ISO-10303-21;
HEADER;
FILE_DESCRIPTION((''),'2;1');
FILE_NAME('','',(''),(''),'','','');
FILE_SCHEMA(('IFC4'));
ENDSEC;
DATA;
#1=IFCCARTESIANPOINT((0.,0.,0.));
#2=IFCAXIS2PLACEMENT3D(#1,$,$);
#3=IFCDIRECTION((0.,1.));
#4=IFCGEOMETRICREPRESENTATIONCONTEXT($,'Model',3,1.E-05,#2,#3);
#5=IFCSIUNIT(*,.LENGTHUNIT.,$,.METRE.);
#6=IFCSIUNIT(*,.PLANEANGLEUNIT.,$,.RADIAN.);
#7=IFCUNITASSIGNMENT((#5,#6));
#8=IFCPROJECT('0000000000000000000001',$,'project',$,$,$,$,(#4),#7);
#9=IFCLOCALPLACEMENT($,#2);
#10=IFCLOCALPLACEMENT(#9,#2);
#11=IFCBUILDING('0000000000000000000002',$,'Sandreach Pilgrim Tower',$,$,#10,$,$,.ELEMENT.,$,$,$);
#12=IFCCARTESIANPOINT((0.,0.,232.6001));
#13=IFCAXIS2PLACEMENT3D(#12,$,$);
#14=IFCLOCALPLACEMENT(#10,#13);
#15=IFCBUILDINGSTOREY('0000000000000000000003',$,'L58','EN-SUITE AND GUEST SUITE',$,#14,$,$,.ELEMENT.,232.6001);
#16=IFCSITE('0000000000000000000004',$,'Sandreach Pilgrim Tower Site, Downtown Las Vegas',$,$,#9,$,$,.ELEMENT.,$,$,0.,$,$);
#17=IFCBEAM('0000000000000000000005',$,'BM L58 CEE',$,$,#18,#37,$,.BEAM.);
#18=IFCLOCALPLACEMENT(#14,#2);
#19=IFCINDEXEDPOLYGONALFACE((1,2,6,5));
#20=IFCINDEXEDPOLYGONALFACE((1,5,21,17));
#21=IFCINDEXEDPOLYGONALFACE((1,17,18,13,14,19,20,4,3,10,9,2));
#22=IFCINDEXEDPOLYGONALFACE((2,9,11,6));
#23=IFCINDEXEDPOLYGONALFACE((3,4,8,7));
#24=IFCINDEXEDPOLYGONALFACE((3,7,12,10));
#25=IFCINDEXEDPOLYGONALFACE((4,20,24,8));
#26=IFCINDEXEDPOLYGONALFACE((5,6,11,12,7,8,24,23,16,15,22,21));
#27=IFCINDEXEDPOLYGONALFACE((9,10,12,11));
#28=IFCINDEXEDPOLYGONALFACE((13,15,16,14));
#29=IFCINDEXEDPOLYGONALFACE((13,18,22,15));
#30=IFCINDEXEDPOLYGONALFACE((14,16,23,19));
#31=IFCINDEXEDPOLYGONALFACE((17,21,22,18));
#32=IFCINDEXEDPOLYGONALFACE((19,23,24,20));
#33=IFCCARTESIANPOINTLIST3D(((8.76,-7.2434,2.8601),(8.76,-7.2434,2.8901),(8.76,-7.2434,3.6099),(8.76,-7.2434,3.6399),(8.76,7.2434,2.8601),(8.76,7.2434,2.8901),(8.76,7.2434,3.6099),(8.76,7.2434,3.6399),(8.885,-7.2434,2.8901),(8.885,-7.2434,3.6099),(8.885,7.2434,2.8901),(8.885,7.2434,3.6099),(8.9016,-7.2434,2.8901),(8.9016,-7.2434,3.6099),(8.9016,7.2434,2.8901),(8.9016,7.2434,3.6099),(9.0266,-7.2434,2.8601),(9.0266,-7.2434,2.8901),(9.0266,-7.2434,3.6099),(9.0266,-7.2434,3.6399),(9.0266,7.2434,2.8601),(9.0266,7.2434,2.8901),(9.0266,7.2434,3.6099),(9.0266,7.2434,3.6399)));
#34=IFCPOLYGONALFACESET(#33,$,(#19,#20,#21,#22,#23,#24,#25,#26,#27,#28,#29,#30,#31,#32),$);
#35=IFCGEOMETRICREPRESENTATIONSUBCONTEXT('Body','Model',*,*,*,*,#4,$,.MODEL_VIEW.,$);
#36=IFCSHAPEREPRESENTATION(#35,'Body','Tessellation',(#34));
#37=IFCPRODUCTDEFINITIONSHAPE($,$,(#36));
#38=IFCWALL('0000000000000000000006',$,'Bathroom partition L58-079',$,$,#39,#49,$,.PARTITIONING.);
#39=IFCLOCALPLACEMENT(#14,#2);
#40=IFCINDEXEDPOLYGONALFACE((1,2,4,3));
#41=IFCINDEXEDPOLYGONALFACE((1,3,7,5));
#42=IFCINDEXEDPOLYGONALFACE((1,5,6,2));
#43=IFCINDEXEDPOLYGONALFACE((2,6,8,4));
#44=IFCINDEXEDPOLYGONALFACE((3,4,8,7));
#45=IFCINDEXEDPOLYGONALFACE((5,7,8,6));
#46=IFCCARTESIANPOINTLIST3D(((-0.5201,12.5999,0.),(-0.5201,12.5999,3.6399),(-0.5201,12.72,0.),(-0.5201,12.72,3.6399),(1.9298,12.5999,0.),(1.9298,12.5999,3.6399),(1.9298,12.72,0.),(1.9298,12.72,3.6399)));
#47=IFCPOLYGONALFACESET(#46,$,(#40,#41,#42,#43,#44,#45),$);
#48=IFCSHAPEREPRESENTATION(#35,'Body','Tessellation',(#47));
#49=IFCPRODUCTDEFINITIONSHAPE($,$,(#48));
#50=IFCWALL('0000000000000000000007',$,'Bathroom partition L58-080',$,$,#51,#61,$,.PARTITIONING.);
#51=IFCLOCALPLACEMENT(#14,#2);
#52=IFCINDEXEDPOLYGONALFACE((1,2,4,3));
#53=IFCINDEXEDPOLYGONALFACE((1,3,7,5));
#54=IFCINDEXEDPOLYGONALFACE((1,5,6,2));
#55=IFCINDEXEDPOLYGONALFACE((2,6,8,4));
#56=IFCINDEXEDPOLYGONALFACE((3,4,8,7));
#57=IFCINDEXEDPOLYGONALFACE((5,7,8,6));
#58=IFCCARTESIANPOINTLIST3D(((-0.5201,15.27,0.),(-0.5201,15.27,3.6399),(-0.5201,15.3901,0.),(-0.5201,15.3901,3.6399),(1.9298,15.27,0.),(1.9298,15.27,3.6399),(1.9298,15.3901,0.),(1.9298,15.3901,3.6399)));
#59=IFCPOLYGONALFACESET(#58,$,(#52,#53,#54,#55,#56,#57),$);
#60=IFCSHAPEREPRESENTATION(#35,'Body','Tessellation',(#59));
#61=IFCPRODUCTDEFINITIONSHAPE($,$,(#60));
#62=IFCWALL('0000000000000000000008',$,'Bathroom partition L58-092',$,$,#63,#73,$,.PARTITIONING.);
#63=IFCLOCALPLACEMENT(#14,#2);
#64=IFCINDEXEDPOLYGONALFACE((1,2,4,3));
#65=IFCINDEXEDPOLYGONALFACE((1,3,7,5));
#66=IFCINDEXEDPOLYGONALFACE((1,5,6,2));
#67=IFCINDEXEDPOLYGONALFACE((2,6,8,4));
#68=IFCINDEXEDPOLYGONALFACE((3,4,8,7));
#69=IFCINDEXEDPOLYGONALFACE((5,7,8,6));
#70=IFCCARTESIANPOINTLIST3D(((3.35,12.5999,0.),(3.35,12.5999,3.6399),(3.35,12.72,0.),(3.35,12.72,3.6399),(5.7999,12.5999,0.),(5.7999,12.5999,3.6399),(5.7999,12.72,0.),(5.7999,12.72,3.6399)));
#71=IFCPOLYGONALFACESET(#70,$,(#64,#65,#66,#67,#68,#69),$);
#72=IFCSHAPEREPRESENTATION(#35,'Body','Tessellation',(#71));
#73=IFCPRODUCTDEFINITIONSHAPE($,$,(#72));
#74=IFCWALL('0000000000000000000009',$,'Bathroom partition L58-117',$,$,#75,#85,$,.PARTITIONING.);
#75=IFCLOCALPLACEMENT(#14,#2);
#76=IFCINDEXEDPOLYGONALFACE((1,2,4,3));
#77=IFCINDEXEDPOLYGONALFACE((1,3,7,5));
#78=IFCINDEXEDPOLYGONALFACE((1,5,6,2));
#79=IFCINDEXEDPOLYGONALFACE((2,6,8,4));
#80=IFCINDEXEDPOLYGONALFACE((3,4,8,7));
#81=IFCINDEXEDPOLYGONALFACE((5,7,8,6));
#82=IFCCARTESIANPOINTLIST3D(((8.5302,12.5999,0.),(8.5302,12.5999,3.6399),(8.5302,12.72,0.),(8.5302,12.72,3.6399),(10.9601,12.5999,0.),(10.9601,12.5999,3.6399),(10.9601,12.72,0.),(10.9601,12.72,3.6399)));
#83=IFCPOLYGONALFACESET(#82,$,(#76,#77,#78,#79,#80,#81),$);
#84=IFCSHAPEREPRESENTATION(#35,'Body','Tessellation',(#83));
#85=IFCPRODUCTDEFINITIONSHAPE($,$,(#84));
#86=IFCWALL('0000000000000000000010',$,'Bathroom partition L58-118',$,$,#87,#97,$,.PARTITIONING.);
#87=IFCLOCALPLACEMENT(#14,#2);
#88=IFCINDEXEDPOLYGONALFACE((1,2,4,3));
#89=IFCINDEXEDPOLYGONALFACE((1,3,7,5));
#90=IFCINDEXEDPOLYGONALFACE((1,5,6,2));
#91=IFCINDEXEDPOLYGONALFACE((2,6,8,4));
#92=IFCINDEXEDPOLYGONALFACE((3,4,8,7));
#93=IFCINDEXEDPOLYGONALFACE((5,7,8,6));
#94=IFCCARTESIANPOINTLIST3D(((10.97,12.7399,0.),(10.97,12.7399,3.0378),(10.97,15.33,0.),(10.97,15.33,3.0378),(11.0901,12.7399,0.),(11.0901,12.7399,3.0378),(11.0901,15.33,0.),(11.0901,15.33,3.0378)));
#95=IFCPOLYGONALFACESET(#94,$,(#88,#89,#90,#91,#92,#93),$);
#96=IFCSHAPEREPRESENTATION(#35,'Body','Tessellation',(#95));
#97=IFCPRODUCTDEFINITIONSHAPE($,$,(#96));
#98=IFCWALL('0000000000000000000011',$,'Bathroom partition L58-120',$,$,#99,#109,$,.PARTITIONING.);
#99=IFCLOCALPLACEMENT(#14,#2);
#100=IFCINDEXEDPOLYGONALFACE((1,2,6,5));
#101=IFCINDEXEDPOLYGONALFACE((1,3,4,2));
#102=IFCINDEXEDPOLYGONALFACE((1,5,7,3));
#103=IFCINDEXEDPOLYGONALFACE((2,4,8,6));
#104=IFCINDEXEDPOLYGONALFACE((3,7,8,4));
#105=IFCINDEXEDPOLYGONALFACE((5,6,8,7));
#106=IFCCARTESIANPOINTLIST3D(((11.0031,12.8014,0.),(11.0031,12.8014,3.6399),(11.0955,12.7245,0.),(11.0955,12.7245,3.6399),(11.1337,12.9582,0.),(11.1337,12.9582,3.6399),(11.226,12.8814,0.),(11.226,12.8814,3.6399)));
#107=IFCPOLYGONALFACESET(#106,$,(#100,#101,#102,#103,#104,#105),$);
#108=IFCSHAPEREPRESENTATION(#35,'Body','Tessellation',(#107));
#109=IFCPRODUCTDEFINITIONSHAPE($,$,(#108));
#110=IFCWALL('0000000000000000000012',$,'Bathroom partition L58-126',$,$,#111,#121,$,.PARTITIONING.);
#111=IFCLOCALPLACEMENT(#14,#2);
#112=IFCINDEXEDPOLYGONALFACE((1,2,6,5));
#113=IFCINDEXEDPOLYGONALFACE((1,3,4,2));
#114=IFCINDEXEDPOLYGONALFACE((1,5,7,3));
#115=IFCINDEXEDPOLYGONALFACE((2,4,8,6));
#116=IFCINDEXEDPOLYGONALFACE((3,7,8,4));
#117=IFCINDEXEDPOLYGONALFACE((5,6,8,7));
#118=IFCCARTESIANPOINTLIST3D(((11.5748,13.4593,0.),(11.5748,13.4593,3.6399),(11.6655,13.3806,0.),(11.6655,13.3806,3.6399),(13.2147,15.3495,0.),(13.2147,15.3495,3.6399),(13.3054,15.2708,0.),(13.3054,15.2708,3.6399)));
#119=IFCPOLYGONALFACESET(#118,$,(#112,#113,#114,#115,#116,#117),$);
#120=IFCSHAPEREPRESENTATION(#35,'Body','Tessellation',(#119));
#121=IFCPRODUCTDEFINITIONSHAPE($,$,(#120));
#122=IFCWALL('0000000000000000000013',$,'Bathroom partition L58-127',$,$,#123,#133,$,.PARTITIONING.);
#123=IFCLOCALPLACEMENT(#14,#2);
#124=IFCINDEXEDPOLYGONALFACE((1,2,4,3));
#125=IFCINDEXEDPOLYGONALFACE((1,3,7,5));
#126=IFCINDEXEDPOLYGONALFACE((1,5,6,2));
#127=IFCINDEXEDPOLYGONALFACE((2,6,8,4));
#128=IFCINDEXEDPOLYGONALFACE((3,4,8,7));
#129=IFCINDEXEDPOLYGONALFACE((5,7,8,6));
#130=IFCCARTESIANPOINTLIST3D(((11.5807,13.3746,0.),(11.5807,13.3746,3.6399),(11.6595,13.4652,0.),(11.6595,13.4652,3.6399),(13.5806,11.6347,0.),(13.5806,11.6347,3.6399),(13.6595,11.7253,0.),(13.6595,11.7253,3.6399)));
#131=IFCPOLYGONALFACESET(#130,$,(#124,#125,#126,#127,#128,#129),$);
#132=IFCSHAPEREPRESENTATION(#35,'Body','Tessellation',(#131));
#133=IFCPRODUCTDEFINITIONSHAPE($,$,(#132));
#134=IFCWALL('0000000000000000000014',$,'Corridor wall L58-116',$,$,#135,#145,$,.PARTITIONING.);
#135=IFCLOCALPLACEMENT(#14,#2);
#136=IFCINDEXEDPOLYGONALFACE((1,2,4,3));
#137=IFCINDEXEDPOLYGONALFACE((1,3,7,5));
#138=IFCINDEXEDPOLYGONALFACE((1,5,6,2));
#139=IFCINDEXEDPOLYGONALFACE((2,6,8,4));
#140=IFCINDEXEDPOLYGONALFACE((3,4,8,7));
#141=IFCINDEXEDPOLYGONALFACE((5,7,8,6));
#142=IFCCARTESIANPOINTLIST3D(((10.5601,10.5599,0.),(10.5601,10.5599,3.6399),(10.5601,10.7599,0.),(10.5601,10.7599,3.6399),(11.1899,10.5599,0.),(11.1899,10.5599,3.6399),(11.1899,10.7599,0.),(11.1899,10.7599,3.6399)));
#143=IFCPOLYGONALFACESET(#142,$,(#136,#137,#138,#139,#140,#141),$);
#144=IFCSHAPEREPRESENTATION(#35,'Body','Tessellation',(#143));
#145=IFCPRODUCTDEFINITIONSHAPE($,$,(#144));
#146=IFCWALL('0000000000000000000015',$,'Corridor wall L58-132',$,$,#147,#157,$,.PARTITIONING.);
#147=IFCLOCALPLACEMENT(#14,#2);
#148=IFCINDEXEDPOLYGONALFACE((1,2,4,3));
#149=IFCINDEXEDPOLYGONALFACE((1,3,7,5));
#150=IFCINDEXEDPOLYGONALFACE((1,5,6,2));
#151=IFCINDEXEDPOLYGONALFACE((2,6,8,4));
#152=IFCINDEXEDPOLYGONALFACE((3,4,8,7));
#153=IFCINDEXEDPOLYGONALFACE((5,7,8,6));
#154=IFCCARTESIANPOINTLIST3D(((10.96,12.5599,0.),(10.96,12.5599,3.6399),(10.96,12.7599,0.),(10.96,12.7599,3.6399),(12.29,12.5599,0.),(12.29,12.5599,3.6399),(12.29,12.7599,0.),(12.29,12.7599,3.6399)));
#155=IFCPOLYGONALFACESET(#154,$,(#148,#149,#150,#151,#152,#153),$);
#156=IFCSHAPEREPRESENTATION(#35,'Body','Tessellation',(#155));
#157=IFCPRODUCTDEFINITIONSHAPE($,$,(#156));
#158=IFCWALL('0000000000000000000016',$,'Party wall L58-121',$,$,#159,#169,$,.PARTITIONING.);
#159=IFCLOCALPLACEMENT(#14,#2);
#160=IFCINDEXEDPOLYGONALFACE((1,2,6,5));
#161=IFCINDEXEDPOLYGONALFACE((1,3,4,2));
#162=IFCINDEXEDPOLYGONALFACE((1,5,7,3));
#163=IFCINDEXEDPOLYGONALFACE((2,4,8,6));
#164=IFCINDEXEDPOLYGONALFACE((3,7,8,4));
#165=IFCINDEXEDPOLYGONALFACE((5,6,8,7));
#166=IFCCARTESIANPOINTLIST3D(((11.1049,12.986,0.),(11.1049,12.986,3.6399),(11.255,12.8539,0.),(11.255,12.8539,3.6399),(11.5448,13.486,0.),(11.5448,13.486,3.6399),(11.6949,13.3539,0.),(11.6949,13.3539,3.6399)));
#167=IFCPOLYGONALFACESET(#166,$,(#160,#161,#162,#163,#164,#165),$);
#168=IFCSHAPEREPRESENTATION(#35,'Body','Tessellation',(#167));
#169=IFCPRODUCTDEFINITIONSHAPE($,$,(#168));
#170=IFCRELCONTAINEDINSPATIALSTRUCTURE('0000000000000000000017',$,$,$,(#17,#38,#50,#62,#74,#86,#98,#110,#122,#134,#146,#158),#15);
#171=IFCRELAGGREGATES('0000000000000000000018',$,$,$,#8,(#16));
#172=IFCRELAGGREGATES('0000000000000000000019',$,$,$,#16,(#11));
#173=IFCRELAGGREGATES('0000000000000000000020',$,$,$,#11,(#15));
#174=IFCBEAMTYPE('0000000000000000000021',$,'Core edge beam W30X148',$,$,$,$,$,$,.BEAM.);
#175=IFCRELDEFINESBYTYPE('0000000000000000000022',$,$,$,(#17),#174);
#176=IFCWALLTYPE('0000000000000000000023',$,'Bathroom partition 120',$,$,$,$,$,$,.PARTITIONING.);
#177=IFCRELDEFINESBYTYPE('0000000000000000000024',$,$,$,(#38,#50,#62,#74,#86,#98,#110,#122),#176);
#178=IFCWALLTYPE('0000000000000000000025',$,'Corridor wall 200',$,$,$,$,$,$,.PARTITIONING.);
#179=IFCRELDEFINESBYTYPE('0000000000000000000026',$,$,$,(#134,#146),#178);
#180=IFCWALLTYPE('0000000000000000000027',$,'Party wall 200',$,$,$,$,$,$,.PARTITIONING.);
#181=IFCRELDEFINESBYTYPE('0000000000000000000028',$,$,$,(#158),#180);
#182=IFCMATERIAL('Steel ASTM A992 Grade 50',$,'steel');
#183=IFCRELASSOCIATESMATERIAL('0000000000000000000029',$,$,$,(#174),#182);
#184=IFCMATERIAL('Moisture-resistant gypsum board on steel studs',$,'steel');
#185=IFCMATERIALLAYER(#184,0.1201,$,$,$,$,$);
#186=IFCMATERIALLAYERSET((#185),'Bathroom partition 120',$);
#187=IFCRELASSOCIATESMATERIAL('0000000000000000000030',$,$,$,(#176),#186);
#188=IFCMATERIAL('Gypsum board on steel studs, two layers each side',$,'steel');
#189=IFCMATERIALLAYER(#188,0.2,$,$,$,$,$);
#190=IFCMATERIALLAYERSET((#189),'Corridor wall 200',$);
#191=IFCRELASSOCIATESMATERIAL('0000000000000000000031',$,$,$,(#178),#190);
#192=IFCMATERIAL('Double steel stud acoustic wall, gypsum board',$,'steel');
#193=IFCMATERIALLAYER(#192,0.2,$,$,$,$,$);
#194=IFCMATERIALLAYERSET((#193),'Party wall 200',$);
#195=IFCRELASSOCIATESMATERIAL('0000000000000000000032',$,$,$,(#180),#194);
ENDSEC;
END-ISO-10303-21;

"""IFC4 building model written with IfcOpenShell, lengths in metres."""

from ifc_helpers import new_model, si_unit, direction, frame, frame_2d, origin, origin_2d, place, context, subcontext, project, spatial, rectangle, i_section, extrude, material, layer, layer_set, material_profile, profile_set, type_object, element, save


model = new_model("IFC4")

# Units and contexts
model_context = context("Model", 3, precision=1e-05, world=origin(), true_north=direction((0.0, 1.0)))
body_context = subcontext(model_context, "Body", "Model", "MODEL_VIEW")
ifc_project = project(units=[si_unit("LENGTHUNIT", "METRE"), si_unit("PLANEANGLEUNIT", "RADIAN")], contexts=[model_context])

# Site, building, storey
site_placement = place(None, origin())
site = spatial("IfcSite", under=ifc_project, at=site_placement, Name="Sandreach Pilgrim Tower Site, Downtown Las Vegas", CompositionType="ELEMENT", RefElevation=0.0)
building_placement = place(site_placement, origin())
building = spatial("IfcBuilding", under=site, at=building_placement, Name="Sandreach Pilgrim Tower", CompositionType="ELEMENT")
storey_placement = place(building_placement, frame((0.0, 0.0, 232.6001)))
storey = spatial("IfcBuildingStorey", under=building, at=storey_placement, Name="L58", Description="EN-SUITE AND GUEST SUITE", CompositionType="ELEMENT", Elevation=232.6001)

# Beam
ifc_material_1 = material(Name="Steel ASTM A992 Grade 50", Category="steel")
ifc_material_profile = material_profile(ifc_material_1, i_section(OverallWidth=0.2666, OverallDepth=0.7798, WebThickness=0.0166, FlangeThickness=0.03, at=origin_2d()), Name="W30X148")
ifc_profile_set = profile_set([ifc_material_profile], Name="Steel ASTM A992 Grade 50")
beam_type = type_object("IfcBeamType", Name="Core edge beam W30X148", PredefinedType="BEAM", material=ifc_profile_set)
beam_placement = place(storey_placement, frame((8.8933, 7.2434, 3.25), z_axis=(0.0, -1.0, 0.0), x_axis=(1.0, 0.0, 0.0)))
element("IfcBeam", 1, at=beam_placement, inside=storey, type_object=beam_type, Name="BM L58 CEE", PredefinedType="BEAM", context=body_context, shape_type="SweptSolid", body=[
    extrude(i_section(OverallWidth=0.2666, OverallDepth=0.7798, WebThickness=0.0166, FlangeThickness=0.03, at=origin_2d()), origin(), (0.0, 0.0, 1.0), 14.4868),
])

# Walls
ifc_material_2 = material(Name="Moisture-resistant gypsum board on steel studs", Category="steel")
ifc_layer_1 = layer(ifc_material_2, 0.1201)
ifc_layer_set_1 = layer_set([ifc_layer_1], Name="Bathroom partition 120")
wall_type_1 = type_object("IfcWallType", Name="Bathroom partition 120", PredefinedType="PARTITIONING", material=ifc_layer_set_1)
for number, where, z_axis, x_axis, name in (
    (2, (1.9299, 12.6599, 0.0), (0.0, 0.0, 1.0), (-1.0, 0.0, 0.0), "Bathroom partition L58-079"),
    (3, (1.9299, 15.3301, 0.0), (0.0, 0.0, 1.0), (-1.0, 0.0, 0.0), "Bathroom partition L58-080"),
    (4, (5.8, 12.6599, 0.0), (0.0, 0.0, 1.0), (-1.0, 0.0, 0.0), "Bathroom partition L58-092"),
):
    element("IfcWall", number, at=place(storey_placement, frame(where, z_axis=z_axis, x_axis=x_axis)), inside=storey, type_object=wall_type_1, Name=name, PredefinedType="PARTITIONING", context=body_context, shape_type="SweptSolid", body=[
        extrude(rectangle(XDim=2.45, YDim=0.1201, at=frame_2d((1.2251, 0.0))), origin(), (0.0, 0.0, 1.0), 3.6399),
    ])
wall_1_placement = place(storey_placement, frame((10.96, 12.6599, 0.0), z_axis=(0.0, 0.0, 1.0), x_axis=(-1.0, 0.0, 0.0)))
element("IfcWall", 5, at=wall_1_placement, inside=storey, type_object=wall_type_1, Name="Bathroom partition L58-117", PredefinedType="PARTITIONING", context=body_context, shape_type="SweptSolid", body=[
    extrude(rectangle(XDim=2.4299, YDim=0.1201, at=frame_2d((1.2148, 0.0))), origin(), (0.0, 0.0, 1.0), 3.6399),
])
wall_2_placement = place(storey_placement, frame((11.03, 12.74, 0.0), z_axis=(0.0, 0.0, 1.0), x_axis=(0.0, 1.0, 0.0)))
element("IfcWall", 6, at=wall_2_placement, inside=storey, type_object=wall_type_1, Name="Bathroom partition L58-118", PredefinedType="PARTITIONING", context=body_context, shape_type="SweptSolid", body=[
    extrude(rectangle(XDim=2.5901, YDim=0.1201, at=frame_2d((1.2949, 0.0))), origin(), (0.0, 0.0, 1.0), 3.0378),
])
wall_3_placement = place(storey_placement, frame((11.0493, 12.7629, 0.0), z_axis=(0.0, 0.0, 1.0), x_axis=(0.639596, 0.768711, 0.0)))
element("IfcWall", 7, at=wall_3_placement, inside=storey, type_object=wall_type_1, Name="Bathroom partition L58-120", PredefinedType="PARTITIONING", context=body_context, shape_type="SweptSolid", body=[
    extrude(rectangle(XDim=0.2041, YDim=0.1201, at=frame_2d((0.1021, 0.0))), origin(), (0.0, 0.0, 1.0), 3.6399),
])
wall_4_placement = place(storey_placement, frame((11.6201, 13.4199, 0.0), z_axis=(0.0, 0.0, 1.0), x_axis=(0.655335, 0.755338, 0.0)))
element("IfcWall", 8, at=wall_4_placement, inside=storey, type_object=wall_type_1, Name="Bathroom partition L58-126", PredefinedType="PARTITIONING", context=body_context, shape_type="SweptSolid", body=[
    extrude(rectangle(XDim=2.5024, YDim=0.1201, at=frame_2d((1.2512, 0.0))), origin(), (0.0, 0.0, 1.0), 3.6399),
])
wall_5_placement = place(storey_placement, frame((11.6201, 13.4199, 0.0), z_axis=(0.0, 0.0, 1.0), x_axis=(0.754445, -0.656363, 0.0)))
element("IfcWall", 9, at=wall_5_placement, inside=storey, type_object=wall_type_1, Name="Bathroom partition L58-127", PredefinedType="PARTITIONING", context=body_context, shape_type="SweptSolid", body=[
    extrude(rectangle(XDim=2.6509, YDim=0.1201, at=frame_2d((1.3254, 0.0))), origin(), (0.0, 0.0, 1.0), 3.6399),
])

# Shared definitions
ifc_material_3 = material(Name="Gypsum board on steel studs, two layers each side", Category="steel")
ifc_layer_2 = layer(ifc_material_3, 0.2)
ifc_layer_set_2 = layer_set([ifc_layer_2], Name="Corridor wall 200")
wall_type_2 = type_object("IfcWallType", Name="Corridor wall 200", PredefinedType="PARTITIONING", material=ifc_layer_set_2)

# Wall
wall_6_placement = place(storey_placement, frame((10.5601, 10.6599, 0.0), z_axis=(0.0, 0.0, 1.0), x_axis=(1.0, 0.0, 0.0)))
element("IfcWall", 10, at=wall_6_placement, inside=storey, type_object=wall_type_2, Name="Corridor wall L58-116", PredefinedType="PARTITIONING", context=body_context, shape_type="SweptSolid", body=[
    extrude(rectangle(XDim=0.6299, YDim=0.2, at=frame_2d((0.3149, 0.0))), origin(), (0.0, 0.0, 1.0), 3.6399),
])

# Wall
wall_7_placement = place(storey_placement, frame((12.29, 12.6599, 0.0), z_axis=(0.0, 0.0, 1.0), x_axis=(-1.0, 0.0, 0.0)))
element("IfcWall", 11, at=wall_7_placement, inside=storey, type_object=wall_type_2, Name="Corridor wall L58-132", PredefinedType="PARTITIONING", context=body_context, shape_type="SweptSolid", body=[
    extrude(rectangle(XDim=1.3301, YDim=0.2, at=frame_2d((0.665, 0.0))), origin(), (0.0, 0.0, 1.0), 3.6399),
])

# Wall
ifc_material_4 = material(Name="Double steel stud acoustic wall, gypsum board", Category="steel")
ifc_layer_3 = layer(ifc_material_4, 0.2)
ifc_layer_set_3 = layer_set([ifc_layer_3], Name="Party wall 200")
wall_type_3 = type_object("IfcWallType", Name="Party wall 200", PredefinedType="PARTITIONING", material=ifc_layer_set_3)
wall_8_placement = place(storey_placement, frame((11.1799, 12.9199, 0.0), z_axis=(0.0, 0.0, 1.0), x_axis=(0.660578, 0.750757, 0.0)))
element("IfcWall", 12, at=wall_8_placement, inside=storey, type_object=wall_type_3, Name="Party wall L58-121", PredefinedType="PARTITIONING", context=body_context, shape_type="SweptSolid", body=[
    extrude(rectangle(XDim=0.666, YDim=0.2, at=frame_2d((0.333, 0.0))), origin(), (0.0, 0.0, 1.0), 3.6399),
])

save(model, "model.ifc")
